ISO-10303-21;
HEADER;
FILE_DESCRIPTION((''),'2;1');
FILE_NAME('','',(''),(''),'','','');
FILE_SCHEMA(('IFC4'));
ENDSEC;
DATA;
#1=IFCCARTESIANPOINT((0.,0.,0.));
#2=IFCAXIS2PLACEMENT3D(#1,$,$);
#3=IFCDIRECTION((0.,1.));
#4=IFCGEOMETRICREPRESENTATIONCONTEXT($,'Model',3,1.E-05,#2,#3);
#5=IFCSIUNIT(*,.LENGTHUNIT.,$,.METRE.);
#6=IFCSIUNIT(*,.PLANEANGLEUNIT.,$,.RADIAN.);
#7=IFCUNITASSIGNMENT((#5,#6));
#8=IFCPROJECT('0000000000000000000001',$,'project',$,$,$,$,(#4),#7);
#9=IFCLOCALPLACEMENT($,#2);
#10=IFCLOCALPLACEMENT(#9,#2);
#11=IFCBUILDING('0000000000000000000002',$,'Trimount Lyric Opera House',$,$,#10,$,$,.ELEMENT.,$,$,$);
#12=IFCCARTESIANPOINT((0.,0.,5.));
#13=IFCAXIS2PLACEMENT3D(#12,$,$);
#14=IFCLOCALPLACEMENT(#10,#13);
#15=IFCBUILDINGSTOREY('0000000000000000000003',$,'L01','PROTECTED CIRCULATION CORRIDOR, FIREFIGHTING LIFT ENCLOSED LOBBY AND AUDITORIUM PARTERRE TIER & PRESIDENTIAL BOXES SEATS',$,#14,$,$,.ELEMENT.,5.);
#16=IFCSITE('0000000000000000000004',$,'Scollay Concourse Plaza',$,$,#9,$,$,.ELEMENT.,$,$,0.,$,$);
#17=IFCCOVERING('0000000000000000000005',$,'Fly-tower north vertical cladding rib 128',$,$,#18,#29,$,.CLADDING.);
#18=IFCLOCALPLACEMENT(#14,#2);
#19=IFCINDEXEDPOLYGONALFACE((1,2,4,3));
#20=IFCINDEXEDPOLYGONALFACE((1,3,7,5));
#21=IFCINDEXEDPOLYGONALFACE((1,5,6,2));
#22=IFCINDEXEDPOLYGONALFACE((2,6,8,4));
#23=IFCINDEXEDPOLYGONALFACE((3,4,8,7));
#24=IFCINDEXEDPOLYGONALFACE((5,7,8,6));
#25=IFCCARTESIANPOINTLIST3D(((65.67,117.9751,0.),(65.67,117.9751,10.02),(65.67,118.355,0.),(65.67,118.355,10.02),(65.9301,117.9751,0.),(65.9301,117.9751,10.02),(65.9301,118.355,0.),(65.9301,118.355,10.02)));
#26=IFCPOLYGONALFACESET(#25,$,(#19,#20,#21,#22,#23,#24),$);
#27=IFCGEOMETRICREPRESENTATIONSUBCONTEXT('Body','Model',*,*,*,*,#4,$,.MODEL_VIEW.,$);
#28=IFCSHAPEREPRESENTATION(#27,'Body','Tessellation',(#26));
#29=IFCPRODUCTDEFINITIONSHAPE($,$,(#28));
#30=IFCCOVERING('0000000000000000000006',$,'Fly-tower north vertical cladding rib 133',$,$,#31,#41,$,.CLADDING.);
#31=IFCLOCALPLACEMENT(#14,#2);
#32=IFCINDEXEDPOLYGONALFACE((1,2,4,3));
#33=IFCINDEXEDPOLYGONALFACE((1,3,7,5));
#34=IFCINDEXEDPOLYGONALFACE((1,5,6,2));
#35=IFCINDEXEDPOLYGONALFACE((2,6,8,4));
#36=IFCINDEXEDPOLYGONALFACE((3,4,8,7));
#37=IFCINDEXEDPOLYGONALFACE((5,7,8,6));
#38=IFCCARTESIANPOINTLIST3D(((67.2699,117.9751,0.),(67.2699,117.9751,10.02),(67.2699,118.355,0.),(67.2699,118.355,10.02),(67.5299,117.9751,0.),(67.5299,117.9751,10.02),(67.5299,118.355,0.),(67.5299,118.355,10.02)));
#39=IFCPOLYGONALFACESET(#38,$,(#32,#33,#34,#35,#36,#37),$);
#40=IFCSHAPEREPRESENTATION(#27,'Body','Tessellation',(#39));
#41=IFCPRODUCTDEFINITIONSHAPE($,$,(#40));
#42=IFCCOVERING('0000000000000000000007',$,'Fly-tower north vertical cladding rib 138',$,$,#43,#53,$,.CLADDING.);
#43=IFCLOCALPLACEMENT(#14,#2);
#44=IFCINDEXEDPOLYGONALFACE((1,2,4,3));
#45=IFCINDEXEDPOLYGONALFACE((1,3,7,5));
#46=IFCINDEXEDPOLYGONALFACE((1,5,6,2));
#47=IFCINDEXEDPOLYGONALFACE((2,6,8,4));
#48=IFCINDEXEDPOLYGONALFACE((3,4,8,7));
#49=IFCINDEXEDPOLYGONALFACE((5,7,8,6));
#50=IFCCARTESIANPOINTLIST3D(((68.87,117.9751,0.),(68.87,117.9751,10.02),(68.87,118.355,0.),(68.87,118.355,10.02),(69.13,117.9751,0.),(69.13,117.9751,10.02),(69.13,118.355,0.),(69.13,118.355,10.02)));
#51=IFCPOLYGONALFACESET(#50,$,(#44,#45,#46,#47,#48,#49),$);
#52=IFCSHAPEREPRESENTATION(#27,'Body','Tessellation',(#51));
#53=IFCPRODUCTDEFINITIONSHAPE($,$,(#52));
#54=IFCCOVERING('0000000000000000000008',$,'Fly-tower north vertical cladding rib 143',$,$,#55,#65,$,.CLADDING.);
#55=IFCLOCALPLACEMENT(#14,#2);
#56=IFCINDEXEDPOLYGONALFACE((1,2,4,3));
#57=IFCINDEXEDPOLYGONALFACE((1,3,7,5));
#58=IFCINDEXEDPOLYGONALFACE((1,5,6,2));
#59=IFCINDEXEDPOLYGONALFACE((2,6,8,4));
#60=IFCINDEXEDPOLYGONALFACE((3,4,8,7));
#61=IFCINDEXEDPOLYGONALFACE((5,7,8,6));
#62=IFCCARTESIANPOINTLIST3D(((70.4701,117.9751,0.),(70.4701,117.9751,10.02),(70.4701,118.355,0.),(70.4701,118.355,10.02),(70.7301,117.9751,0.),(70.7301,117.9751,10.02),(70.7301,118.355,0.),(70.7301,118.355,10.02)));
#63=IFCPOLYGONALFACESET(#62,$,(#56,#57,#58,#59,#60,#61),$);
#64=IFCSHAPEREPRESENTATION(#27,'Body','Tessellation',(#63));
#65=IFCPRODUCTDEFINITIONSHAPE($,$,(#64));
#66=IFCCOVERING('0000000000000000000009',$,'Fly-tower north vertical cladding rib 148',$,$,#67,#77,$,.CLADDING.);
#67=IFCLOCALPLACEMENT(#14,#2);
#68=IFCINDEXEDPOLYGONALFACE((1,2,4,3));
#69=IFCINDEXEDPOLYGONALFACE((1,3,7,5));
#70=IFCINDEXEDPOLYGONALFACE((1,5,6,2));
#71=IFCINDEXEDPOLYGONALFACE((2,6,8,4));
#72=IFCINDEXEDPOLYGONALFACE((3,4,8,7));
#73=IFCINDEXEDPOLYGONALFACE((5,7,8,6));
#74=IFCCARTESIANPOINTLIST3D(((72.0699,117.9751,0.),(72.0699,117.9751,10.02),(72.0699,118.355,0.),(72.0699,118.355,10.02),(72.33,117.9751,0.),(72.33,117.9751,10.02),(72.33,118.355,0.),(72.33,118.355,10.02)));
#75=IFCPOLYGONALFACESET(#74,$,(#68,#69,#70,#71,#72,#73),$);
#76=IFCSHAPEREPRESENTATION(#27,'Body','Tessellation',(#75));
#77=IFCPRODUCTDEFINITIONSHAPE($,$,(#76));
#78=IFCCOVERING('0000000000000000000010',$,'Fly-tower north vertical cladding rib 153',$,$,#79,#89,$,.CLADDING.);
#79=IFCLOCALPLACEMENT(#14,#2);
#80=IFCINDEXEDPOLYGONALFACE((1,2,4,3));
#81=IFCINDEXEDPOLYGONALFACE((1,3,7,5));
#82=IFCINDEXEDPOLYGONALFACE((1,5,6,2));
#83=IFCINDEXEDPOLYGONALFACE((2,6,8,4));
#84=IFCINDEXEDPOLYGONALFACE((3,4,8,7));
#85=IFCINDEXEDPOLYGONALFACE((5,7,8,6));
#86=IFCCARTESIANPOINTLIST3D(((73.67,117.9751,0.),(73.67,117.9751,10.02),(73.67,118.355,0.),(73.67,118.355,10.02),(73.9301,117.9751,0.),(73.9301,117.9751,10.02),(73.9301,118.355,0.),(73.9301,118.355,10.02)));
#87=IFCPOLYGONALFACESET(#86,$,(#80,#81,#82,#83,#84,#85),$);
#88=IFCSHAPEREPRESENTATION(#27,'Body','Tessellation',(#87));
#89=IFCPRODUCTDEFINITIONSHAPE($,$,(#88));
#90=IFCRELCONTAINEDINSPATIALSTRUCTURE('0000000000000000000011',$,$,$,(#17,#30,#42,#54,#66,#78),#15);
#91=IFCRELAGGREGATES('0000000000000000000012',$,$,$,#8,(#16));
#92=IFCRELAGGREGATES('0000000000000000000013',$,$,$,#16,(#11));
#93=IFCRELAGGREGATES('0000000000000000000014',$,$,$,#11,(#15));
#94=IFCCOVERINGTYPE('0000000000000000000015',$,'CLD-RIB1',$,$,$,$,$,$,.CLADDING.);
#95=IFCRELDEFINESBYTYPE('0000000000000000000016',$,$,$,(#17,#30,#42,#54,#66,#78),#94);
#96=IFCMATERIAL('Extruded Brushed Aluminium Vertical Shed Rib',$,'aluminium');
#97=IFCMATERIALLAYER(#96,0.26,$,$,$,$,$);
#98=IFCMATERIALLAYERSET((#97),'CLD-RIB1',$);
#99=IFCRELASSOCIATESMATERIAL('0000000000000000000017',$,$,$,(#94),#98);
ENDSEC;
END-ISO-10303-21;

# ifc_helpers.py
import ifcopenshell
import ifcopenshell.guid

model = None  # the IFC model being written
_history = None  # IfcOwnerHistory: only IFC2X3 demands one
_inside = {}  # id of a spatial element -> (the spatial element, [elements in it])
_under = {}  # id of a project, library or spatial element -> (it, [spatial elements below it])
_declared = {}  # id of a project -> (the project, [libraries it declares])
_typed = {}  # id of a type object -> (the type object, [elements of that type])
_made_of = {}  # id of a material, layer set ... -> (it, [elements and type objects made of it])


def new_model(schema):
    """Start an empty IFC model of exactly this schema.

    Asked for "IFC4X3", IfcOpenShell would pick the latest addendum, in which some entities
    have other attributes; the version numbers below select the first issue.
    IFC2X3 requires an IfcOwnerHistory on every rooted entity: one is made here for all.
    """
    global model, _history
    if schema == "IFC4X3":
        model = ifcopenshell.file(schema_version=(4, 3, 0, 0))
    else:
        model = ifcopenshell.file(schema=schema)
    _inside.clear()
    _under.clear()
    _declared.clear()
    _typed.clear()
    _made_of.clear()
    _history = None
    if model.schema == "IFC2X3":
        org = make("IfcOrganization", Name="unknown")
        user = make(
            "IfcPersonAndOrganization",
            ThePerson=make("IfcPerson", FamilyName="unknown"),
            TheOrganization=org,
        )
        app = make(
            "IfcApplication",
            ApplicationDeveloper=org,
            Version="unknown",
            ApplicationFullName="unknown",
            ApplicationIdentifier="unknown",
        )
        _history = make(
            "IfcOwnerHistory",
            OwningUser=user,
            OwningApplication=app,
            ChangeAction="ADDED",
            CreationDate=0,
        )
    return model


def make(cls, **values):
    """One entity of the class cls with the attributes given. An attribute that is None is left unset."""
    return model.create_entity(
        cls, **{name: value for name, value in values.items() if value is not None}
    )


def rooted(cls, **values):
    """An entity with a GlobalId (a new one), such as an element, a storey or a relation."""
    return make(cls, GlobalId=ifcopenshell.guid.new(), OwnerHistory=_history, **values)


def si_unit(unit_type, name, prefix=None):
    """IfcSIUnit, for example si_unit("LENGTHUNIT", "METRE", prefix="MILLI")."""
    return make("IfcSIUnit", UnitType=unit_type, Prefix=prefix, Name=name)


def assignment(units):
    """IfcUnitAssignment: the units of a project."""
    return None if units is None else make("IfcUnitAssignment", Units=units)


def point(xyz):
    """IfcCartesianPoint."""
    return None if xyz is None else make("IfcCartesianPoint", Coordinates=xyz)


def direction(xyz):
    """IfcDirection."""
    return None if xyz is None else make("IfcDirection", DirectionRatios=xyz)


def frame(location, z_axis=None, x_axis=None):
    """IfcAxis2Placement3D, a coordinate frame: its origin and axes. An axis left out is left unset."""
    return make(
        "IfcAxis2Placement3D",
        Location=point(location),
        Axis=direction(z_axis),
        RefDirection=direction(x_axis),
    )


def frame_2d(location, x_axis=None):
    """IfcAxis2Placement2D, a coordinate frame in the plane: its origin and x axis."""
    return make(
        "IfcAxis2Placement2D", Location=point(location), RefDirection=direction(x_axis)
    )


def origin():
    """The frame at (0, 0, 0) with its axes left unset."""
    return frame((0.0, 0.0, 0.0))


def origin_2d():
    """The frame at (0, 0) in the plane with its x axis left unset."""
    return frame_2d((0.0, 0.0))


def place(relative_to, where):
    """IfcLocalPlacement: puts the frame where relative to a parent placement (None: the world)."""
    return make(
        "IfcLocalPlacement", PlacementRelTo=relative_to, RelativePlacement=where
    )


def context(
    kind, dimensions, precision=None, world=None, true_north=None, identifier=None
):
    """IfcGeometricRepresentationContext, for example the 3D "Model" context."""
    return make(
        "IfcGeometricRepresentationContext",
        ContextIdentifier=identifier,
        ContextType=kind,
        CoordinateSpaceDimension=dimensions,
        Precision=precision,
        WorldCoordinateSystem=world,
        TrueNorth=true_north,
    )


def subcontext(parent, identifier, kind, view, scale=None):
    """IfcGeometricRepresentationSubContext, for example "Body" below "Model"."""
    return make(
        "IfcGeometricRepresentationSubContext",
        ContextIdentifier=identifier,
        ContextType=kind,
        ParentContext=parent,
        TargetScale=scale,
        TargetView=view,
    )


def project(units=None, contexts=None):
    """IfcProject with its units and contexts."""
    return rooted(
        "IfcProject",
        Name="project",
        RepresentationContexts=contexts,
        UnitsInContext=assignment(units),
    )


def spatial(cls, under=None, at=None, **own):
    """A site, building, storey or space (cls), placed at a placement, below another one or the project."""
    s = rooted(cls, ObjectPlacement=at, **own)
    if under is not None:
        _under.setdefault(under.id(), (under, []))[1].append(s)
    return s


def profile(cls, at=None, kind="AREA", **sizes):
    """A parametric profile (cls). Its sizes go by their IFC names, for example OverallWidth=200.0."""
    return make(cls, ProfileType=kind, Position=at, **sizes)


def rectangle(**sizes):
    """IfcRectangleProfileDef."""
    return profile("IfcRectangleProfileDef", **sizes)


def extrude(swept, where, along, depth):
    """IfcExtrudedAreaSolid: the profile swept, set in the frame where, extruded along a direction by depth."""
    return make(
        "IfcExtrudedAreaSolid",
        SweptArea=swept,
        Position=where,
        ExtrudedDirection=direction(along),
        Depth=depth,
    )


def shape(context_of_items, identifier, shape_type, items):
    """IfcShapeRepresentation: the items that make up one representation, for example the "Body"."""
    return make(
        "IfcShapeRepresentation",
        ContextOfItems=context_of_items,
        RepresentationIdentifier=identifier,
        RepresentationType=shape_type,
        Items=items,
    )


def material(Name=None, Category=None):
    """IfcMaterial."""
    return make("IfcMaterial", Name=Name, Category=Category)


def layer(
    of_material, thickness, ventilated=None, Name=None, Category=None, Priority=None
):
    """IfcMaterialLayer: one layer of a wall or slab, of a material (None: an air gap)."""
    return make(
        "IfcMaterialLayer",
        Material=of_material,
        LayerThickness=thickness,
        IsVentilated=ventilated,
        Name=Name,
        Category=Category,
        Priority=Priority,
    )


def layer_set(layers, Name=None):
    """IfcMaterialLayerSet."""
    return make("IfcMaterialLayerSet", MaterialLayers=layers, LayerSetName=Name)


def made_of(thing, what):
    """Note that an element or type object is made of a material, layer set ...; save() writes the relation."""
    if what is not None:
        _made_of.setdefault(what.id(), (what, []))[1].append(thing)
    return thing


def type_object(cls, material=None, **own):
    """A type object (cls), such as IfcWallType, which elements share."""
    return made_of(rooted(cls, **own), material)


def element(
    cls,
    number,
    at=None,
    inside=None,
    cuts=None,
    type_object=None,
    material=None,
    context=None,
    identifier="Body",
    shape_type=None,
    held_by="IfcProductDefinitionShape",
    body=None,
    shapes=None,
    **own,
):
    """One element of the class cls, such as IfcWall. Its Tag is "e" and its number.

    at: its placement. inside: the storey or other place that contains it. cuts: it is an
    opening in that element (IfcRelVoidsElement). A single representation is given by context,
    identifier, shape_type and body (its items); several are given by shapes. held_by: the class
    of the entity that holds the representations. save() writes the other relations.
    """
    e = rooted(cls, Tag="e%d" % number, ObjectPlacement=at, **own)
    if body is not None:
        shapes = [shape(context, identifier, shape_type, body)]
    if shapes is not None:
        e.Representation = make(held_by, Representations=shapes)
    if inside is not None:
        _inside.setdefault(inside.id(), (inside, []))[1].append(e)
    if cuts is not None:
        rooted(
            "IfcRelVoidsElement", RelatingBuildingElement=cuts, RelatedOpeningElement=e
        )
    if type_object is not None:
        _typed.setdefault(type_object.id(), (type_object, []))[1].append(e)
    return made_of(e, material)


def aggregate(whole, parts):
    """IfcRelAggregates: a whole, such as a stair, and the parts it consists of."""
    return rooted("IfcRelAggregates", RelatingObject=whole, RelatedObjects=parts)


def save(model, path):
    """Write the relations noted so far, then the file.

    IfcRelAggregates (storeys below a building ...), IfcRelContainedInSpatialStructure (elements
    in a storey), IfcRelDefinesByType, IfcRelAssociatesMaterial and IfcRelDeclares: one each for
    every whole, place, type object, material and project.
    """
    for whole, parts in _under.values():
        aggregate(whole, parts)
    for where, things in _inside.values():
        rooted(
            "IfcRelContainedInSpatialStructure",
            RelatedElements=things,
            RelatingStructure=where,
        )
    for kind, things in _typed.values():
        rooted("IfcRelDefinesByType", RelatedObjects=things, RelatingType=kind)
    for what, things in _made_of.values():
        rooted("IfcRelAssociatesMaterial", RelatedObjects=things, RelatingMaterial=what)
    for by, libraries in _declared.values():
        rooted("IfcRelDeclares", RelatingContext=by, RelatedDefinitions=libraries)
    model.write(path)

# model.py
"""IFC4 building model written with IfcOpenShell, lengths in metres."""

from ifc_helpers import new_model, si_unit, direction, frame, origin, origin_2d, place, context, subcontext, project, spatial, rectangle, extrude, material, layer, layer_set, type_object, element, save


model = new_model("IFC4")

# Units and contexts
model_context = context("Model", 3, precision=1e-05, world=origin(), true_north=direction((0.0, 1.0)))
body_context = subcontext(model_context, "Body", "Model", "MODEL_VIEW")
ifc_project = project(units=[si_unit("LENGTHUNIT", "METRE"), si_unit("PLANEANGLEUNIT", "RADIAN")], contexts=[model_context])

# Site, building, storey
site_placement = place(None, origin())
site = spatial("IfcSite", under=ifc_project, at=site_placement, Name="Scollay Concourse Plaza", CompositionType="ELEMENT", RefElevation=0.0)
building_placement = place(site_placement, origin())
building = spatial("IfcBuilding", under=site, at=building_placement, Name="Trimount Lyric Opera House", CompositionType="ELEMENT")
storey_placement = place(building_placement, frame((0.0, 0.0, 5.0)))
storey = spatial("IfcBuildingStorey", under=building, at=storey_placement, Name="L01", Description="PROTECTED CIRCULATION CORRIDOR, FIREFIGHTING LIFT ENCLOSED LOBBY AND AUDITORIUM PARTERRE TIER & PRESIDENTIAL BOXES SEATS", CompositionType="ELEMENT", Elevation=5.0)

# Coverings
ifc_material_1 = material(Name="Extruded Brushed Aluminium Vertical Shed Rib", Category="aluminium")
ifc_layer_1 = layer(ifc_material_1, 0.26)
ifc_layer_set_1 = layer_set([ifc_layer_1], Name="CLD-RIB1")
covering_type = type_object("IfcCoveringType", Name="CLD-RIB1", PredefinedType="CLADDING", material=ifc_layer_set_1)
for number, where, z_axis, x_axis, name in (
    (1, (65.8, 118.165, 0.0), (0.0, 0.0, 1.0), (1.0, 0.0, 0.0), "Fly-tower north vertical cladding rib 128"),
    (2, (67.3999, 118.165, 0.0), (0.0, 0.0, 1.0), (1.0, 0.0, 0.0), "Fly-tower north vertical cladding rib 133"),
    (3, (69.0, 118.165, 0.0), (0.0, 0.0, 1.0), (1.0, 0.0, 0.0), "Fly-tower north vertical cladding rib 138"),
    (4, (70.6001, 118.165, 0.0), (0.0, 0.0, 1.0), (1.0, 0.0, 0.0), "Fly-tower north vertical cladding rib 143"),
    (5, (72.2, 118.165, 0.0), (0.0, 0.0, 1.0), (1.0, 0.0, 0.0), "Fly-tower north vertical cladding rib 148"),
    (6, (73.8, 118.165, 0.0), (0.0, 0.0, 1.0), (1.0, 0.0, 0.0), "Fly-tower north vertical cladding rib 153"),
):
    element("IfcCovering", number, at=place(storey_placement, frame(where, z_axis=z_axis, x_axis=x_axis)), inside=storey, type_object=covering_type, Name=name, PredefinedType="CLADDING", context=body_context, shape_type="SweptSolid", body=[
        extrude(rectangle(XDim=0.26, YDim=0.3799, at=origin_2d()), origin(), (0.0, 0.0, 1.0), 10.02),
    ])

save(model, "model.ifc")
